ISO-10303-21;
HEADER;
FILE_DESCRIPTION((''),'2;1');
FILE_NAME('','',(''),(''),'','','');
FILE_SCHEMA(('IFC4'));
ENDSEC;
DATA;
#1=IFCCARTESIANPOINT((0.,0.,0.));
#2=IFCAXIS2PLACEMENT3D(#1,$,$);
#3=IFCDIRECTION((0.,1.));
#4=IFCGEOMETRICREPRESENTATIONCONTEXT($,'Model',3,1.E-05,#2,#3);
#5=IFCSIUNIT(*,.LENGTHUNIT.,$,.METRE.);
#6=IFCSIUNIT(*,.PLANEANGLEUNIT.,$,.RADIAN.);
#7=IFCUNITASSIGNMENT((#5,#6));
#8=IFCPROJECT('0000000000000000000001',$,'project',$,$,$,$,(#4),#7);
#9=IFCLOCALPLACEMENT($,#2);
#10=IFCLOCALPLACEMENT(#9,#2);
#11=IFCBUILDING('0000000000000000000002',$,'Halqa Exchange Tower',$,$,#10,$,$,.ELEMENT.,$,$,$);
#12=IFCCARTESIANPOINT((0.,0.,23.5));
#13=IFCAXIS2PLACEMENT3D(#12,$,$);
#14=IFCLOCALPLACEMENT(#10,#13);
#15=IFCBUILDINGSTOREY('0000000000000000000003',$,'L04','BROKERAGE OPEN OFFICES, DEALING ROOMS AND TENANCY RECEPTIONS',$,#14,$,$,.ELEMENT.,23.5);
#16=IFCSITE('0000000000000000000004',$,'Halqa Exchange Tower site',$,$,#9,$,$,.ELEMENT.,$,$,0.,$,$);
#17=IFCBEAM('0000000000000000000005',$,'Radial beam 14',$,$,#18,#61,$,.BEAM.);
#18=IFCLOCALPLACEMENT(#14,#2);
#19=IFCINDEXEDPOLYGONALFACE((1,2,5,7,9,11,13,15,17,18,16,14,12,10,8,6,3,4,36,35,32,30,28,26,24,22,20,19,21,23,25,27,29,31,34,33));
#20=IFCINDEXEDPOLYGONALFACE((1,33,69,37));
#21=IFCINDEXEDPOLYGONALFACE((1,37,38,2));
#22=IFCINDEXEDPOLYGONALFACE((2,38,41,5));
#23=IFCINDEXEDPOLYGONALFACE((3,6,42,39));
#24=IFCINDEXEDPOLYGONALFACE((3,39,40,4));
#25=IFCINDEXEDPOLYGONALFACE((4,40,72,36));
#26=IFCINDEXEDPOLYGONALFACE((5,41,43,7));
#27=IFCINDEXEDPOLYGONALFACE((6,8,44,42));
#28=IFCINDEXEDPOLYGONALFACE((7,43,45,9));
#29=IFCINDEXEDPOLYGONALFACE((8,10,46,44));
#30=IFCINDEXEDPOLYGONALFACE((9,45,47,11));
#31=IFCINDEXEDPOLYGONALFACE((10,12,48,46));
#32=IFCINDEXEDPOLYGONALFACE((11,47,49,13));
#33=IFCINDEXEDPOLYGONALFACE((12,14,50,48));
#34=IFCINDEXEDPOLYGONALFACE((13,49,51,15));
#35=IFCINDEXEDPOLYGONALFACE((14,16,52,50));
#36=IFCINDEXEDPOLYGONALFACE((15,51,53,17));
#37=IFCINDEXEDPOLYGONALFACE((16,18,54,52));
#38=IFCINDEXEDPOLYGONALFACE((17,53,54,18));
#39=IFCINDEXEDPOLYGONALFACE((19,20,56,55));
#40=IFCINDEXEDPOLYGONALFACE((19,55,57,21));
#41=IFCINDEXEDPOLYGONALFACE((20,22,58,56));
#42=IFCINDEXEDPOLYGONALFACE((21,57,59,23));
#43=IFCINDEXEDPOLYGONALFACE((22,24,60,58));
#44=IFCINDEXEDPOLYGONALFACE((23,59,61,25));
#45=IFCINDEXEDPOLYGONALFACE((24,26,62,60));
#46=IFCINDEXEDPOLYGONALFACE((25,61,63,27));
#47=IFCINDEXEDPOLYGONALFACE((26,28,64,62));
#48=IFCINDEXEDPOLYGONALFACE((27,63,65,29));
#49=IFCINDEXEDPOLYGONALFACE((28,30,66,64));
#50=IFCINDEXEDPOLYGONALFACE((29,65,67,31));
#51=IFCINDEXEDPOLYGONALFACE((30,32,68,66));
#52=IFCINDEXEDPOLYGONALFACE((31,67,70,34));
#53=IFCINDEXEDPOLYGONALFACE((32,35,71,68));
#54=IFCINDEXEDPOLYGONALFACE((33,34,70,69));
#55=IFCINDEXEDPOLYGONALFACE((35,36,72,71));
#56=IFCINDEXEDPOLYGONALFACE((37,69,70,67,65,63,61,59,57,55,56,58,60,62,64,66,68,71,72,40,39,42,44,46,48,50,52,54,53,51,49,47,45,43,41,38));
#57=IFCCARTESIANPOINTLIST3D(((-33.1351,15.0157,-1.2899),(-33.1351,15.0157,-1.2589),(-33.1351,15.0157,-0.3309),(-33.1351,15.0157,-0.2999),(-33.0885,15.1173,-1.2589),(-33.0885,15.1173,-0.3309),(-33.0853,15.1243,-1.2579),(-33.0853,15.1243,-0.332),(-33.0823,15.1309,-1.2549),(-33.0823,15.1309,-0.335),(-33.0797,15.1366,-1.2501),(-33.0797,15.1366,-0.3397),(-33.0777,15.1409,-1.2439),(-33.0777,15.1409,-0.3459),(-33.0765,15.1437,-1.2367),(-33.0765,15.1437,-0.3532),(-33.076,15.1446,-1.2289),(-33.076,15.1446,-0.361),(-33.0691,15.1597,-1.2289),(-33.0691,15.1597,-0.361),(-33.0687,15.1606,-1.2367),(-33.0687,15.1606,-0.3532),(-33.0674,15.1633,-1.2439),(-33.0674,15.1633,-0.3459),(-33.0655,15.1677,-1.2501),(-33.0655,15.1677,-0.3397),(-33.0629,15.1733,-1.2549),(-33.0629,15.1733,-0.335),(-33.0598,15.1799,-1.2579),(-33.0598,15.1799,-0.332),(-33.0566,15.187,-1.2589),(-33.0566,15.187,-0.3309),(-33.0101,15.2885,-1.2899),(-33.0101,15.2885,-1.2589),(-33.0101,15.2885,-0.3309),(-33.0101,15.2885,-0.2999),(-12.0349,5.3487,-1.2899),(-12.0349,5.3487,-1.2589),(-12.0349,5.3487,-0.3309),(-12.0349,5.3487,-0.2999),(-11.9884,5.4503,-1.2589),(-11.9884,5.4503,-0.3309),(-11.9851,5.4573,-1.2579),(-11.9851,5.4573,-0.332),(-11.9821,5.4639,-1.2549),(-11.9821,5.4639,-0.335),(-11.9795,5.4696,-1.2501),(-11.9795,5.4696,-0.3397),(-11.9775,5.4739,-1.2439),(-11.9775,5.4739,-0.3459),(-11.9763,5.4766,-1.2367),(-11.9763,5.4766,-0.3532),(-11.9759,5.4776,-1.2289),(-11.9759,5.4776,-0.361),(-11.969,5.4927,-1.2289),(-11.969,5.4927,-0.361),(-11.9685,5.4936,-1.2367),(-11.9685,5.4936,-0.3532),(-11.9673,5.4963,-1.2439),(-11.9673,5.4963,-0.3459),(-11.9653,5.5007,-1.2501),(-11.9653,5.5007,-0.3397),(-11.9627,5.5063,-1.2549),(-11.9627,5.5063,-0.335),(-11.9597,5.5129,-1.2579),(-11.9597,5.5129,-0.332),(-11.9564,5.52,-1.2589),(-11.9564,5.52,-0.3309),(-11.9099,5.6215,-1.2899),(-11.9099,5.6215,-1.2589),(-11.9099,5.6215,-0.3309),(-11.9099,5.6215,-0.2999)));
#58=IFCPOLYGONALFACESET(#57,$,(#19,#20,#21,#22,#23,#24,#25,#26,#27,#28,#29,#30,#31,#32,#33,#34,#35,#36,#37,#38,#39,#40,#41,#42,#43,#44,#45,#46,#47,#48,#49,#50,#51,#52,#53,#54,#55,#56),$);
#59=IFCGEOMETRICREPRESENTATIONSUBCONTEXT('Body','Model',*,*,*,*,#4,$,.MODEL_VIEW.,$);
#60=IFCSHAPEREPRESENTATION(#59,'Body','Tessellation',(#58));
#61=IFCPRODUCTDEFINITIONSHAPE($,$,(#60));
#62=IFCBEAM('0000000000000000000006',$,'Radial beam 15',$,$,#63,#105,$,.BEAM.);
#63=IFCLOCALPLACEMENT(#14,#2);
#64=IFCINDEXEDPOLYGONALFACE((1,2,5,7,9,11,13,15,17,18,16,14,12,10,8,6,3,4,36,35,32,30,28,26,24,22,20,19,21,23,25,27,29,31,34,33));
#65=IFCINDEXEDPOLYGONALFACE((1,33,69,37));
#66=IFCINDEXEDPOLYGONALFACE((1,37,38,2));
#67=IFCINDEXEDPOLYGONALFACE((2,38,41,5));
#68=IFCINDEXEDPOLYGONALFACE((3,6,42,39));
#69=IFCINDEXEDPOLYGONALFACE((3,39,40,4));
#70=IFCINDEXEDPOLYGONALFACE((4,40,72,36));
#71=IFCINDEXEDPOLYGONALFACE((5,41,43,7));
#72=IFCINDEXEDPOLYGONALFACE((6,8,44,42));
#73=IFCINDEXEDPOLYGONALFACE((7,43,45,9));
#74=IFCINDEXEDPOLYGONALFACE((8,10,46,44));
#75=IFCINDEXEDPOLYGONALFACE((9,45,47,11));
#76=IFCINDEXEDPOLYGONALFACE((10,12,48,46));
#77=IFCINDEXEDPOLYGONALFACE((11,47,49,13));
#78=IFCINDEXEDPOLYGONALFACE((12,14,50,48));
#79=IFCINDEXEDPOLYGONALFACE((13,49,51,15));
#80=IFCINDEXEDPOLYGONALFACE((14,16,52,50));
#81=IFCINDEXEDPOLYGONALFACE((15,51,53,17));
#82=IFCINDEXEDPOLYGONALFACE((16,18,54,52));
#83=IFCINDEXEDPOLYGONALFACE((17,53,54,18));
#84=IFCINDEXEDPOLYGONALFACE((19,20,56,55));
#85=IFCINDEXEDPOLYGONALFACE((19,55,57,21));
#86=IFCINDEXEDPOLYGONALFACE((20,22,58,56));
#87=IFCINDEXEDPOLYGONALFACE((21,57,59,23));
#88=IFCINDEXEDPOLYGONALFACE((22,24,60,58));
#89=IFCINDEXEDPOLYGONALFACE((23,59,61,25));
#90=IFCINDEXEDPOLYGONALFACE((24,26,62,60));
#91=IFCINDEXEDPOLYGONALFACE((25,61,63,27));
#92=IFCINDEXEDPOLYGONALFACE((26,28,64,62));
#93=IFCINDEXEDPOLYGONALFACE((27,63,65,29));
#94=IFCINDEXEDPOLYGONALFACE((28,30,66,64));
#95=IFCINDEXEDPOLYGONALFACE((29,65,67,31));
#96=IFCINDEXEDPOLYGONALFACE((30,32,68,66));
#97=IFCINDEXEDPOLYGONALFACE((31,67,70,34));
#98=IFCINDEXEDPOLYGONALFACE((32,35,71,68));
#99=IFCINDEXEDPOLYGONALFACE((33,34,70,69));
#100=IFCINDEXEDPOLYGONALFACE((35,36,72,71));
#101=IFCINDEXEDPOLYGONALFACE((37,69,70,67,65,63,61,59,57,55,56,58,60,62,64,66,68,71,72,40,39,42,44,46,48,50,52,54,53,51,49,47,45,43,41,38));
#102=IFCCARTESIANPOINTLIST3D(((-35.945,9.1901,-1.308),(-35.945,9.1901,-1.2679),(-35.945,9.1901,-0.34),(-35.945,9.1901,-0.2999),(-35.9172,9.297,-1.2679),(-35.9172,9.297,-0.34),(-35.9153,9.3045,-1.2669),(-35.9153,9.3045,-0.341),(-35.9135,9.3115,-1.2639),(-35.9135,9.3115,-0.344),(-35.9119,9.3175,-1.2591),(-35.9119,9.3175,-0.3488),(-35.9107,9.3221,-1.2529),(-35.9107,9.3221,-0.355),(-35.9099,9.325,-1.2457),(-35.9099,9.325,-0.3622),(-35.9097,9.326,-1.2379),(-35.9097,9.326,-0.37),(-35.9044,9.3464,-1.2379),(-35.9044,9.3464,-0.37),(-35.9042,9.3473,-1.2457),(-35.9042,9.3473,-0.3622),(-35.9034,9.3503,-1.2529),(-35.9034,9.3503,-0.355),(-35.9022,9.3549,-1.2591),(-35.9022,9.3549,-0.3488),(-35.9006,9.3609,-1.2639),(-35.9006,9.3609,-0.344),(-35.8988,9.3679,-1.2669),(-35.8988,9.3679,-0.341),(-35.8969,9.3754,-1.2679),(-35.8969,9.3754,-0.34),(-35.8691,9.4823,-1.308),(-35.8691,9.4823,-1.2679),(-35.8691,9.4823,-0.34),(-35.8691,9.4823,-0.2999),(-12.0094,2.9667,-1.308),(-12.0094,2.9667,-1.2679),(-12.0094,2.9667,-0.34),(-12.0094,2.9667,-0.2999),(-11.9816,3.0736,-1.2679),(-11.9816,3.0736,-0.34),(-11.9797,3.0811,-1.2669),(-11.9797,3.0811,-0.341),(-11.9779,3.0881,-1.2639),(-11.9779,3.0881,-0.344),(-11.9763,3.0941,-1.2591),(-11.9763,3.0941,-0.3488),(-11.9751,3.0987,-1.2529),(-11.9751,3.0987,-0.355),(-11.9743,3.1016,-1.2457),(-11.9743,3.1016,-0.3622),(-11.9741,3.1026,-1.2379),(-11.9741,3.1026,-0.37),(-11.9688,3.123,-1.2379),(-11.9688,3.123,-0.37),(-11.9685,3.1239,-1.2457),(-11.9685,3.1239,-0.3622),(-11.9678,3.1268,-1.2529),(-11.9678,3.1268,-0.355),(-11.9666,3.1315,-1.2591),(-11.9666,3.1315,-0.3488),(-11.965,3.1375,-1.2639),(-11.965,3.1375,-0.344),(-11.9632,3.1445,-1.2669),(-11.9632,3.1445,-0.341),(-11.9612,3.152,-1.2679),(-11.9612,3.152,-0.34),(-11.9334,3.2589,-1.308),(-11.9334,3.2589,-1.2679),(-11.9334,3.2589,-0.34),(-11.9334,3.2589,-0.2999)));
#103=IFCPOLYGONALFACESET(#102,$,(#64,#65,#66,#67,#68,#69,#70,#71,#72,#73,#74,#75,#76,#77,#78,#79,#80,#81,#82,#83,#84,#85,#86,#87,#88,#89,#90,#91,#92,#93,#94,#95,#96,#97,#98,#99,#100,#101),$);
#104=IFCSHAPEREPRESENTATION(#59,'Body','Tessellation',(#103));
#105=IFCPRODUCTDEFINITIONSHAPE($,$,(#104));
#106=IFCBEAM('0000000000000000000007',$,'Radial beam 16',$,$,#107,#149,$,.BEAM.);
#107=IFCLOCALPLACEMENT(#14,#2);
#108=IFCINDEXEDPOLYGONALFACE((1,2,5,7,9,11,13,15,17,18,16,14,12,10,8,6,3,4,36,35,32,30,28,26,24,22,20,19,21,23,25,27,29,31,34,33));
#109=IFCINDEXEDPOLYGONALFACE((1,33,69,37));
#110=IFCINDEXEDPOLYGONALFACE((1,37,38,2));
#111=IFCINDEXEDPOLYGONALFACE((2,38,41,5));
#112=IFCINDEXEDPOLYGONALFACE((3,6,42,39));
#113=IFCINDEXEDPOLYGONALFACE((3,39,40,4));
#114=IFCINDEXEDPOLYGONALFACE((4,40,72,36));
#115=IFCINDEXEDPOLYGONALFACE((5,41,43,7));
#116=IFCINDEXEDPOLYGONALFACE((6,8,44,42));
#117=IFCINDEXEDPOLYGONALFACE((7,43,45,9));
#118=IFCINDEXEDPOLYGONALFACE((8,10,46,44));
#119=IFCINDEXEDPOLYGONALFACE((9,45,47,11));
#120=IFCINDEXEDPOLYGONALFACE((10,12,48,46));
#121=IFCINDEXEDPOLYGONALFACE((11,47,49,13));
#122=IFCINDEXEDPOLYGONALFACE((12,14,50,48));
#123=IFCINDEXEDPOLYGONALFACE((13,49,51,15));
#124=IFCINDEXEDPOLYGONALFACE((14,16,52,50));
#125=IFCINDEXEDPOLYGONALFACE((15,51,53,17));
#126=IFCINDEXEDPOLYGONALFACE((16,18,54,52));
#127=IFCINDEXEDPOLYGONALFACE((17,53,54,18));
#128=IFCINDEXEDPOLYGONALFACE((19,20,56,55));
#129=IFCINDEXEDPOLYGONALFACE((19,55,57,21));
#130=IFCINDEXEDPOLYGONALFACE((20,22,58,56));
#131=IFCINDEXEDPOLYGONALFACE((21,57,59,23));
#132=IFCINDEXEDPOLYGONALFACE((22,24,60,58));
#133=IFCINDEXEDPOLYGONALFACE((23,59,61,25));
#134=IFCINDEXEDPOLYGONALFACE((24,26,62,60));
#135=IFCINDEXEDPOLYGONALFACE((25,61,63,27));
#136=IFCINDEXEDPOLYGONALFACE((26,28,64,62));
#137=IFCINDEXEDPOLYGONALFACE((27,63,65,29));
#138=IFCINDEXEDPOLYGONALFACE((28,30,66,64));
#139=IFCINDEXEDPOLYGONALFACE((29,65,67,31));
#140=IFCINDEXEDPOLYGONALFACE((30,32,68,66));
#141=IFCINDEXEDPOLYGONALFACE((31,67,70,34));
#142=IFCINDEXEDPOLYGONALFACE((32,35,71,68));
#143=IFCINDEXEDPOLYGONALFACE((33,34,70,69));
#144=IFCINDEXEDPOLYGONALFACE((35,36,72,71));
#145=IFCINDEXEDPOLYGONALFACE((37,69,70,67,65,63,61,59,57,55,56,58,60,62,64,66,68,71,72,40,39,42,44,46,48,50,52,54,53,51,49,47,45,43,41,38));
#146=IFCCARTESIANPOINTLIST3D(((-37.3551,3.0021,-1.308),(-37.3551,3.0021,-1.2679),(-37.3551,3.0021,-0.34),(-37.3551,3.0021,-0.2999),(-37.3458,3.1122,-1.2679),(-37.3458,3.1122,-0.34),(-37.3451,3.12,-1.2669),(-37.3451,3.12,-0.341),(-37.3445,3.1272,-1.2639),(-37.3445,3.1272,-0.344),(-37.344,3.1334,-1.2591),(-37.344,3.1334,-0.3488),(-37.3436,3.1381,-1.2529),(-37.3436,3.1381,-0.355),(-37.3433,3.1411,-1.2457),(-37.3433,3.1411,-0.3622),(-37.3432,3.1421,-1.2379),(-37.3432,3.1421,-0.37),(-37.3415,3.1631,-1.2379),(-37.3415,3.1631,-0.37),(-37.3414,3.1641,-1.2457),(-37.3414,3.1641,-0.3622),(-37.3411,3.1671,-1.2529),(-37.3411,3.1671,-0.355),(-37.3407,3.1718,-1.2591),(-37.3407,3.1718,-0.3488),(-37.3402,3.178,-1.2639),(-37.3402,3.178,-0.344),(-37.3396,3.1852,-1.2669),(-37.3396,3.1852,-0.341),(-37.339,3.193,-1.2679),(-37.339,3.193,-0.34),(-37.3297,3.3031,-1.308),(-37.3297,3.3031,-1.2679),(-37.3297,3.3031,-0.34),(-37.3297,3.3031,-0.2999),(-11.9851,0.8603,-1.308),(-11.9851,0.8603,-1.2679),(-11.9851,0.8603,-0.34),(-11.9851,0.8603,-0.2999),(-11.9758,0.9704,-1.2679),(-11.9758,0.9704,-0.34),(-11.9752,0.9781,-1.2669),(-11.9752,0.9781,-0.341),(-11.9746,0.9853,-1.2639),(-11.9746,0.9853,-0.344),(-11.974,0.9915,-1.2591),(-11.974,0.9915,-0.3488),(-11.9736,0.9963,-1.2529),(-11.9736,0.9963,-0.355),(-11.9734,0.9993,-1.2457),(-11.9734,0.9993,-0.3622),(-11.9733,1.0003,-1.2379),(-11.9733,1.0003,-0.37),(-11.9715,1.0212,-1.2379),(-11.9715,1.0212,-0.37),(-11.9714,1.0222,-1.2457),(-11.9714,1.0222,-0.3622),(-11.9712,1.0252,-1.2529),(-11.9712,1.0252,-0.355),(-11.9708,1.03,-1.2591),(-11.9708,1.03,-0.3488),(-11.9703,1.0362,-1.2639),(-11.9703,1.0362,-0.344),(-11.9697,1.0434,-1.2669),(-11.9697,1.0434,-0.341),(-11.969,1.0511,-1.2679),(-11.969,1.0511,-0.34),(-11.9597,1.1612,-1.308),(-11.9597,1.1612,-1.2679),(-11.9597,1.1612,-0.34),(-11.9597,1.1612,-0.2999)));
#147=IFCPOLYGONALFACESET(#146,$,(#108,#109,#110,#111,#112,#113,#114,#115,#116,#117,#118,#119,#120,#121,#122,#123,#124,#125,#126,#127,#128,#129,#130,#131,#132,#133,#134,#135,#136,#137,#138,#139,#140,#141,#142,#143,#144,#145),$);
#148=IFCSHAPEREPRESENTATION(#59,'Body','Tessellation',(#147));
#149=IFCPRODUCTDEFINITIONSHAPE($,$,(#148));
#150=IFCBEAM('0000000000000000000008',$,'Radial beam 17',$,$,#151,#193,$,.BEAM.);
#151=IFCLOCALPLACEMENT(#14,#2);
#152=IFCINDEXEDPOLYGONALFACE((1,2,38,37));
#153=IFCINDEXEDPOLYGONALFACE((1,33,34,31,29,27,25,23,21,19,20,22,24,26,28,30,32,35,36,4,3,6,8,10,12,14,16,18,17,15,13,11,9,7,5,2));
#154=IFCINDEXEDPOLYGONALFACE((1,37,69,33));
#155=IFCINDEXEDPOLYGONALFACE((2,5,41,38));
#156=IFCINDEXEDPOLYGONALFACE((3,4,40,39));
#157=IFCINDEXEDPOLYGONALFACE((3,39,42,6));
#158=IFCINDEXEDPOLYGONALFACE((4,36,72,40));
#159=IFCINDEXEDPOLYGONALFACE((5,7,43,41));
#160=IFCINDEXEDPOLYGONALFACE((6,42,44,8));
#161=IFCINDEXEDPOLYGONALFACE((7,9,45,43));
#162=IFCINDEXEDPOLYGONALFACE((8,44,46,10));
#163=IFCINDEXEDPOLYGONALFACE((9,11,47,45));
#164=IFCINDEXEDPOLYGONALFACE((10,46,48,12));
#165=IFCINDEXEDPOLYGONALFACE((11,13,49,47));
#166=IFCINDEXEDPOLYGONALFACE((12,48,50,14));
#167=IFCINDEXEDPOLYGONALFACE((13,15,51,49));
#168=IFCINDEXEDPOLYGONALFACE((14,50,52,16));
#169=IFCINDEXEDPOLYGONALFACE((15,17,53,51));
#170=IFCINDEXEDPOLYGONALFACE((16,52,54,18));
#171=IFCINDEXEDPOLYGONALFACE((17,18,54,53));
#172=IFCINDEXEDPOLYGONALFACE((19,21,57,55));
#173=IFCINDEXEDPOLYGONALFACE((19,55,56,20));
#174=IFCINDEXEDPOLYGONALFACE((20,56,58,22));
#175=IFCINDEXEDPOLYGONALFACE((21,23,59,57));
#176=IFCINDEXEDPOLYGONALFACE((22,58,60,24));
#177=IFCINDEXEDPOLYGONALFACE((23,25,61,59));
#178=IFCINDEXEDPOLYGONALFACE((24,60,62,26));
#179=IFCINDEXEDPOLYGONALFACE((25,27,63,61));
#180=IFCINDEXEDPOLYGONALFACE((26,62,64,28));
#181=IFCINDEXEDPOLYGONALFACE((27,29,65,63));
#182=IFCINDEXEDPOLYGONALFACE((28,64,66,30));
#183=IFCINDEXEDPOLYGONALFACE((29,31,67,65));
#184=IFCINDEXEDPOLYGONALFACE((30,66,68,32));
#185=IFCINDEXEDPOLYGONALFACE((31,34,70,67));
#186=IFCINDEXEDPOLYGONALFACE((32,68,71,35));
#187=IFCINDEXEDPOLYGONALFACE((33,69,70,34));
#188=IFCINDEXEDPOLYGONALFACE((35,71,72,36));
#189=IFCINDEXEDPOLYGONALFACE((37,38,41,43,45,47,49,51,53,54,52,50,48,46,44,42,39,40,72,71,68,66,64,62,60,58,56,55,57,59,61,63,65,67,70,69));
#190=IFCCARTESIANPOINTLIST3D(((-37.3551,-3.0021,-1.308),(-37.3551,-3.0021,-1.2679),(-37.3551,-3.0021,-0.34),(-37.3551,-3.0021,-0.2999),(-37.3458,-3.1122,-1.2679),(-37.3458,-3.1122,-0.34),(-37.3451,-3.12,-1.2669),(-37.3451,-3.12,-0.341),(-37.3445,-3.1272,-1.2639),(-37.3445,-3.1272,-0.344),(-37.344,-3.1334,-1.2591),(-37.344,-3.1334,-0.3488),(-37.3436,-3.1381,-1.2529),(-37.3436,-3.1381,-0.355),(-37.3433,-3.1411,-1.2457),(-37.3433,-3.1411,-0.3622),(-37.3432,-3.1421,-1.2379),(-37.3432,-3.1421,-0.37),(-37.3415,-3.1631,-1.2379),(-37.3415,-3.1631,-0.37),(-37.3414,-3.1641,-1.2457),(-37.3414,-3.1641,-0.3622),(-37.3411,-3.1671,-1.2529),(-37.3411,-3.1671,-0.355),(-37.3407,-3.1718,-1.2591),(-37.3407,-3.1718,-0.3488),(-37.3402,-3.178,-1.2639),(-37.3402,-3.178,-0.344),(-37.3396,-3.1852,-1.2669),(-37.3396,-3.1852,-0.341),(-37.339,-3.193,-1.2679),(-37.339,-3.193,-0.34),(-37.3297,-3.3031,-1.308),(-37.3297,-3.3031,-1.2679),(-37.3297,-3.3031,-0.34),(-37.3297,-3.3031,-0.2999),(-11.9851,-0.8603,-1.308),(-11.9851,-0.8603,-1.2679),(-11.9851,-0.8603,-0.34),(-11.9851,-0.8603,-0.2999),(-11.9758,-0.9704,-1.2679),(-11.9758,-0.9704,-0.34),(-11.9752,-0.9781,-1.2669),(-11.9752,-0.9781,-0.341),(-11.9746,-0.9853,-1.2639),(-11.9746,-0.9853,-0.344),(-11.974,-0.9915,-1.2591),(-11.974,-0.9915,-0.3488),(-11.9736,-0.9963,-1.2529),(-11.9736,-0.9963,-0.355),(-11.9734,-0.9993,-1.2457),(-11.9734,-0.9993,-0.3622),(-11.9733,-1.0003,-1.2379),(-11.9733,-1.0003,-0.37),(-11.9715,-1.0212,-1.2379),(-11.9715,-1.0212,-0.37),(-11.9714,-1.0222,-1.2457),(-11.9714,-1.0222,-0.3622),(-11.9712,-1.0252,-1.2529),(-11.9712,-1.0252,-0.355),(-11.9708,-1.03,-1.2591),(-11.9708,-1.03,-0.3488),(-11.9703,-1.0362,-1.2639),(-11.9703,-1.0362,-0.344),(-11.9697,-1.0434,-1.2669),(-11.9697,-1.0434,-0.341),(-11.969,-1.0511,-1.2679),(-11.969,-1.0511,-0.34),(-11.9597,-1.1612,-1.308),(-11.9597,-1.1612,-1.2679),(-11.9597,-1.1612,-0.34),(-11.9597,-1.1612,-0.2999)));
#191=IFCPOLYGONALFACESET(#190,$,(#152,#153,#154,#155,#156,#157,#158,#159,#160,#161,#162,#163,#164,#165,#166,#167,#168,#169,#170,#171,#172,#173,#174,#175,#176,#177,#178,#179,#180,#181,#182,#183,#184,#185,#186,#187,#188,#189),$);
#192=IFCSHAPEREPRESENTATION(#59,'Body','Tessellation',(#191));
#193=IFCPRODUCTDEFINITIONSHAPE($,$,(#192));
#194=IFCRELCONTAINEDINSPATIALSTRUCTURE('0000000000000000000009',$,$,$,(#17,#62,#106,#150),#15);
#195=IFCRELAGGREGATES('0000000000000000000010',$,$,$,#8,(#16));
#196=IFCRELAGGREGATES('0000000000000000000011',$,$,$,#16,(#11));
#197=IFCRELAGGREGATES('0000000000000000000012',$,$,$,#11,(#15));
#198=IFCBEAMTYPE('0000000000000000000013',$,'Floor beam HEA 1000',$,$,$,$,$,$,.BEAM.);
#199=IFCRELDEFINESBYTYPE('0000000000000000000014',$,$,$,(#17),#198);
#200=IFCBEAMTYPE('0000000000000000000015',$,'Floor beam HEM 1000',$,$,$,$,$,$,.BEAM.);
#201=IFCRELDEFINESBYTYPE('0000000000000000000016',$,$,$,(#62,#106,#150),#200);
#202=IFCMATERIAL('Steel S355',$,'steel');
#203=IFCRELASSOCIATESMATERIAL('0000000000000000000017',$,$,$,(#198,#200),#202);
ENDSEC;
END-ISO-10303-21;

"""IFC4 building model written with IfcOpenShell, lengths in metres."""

from ifc_helpers import new_model, si_unit, direction, frame, origin, origin_2d, place, context, subcontext, project, spatial, i_section, extrude, material, material_profile, profile_set, type_object, element, save


model = new_model("IFC4")

# Units and contexts
model_context = context("Model", 3, precision=1e-05, world=origin(), true_north=direction((0.0, 1.0)))
body_context = subcontext(model_context, "Body", "Model", "MODEL_VIEW")
ifc_project = project(units=[si_unit("LENGTHUNIT", "METRE"), si_unit("PLANEANGLEUNIT", "RADIAN")], contexts=[model_context])

# Site, building, storey
site_placement = place(None, origin())
site = spatial("IfcSite", under=ifc_project, at=site_placement, Name="Halqa Exchange Tower site", CompositionType="ELEMENT", RefElevation=0.0)
building_placement = place(site_placement, origin())
building = spatial("IfcBuilding", under=site, at=building_placement, Name="Halqa Exchange Tower", CompositionType="ELEMENT")
storey_placement = place(building_placement, frame((0.0, 0.0, 23.5)))
storey = spatial("IfcBuildingStorey", under=building, at=storey_placement, Name="L04", Description="BROKERAGE OPEN OFFICES, DEALING ROOMS AND TENANCY RECEPTIONS", CompositionType="ELEMENT", Elevation=23.5)

# Beams
ifc_material_1 = material(Name="Steel S355", Category="steel")
ifc_material_profile_1 = material_profile(ifc_material_1, i_section(OverallWidth=0.3, OverallDepth=0.99, WebThickness=0.0166, FlangeThickness=0.031, FilletRadius=0.03, at=origin_2d()), Name="HEA 1000")
ifc_profile_set_1 = profile_set([ifc_material_profile_1], Name="Steel S355")
beam_type_1 = type_object("IfcBeamType", Name="Floor beam HEA 1000", PredefinedType="BEAM", material=ifc_profile_set_1)
beam_1_placement = place(storey_placement, frame((-11.9724, 5.4851, -0.7949), z_axis=(-0.909128, 0.416516, 0.0), x_axis=(-0.416516, -0.909128, 0.0)))
element("IfcBeam", 1, at=beam_1_placement, inside=storey, type_object=beam_type_1, Name="Radial beam 14", PredefinedType="BEAM", context=body_context, shape_type="SweptSolid", body=[
    extrude(i_section(OverallWidth=0.3, OverallDepth=0.99, WebThickness=0.0166, FlangeThickness=0.031, FilletRadius=0.03, at=origin_2d()), origin(), (0.0, 0.0, 1.0), 23.2092),
])
ifc_material_profile_2 = material_profile(ifc_material_1, i_section(OverallWidth=0.302, OverallDepth=1.0081, WebThickness=0.021, FlangeThickness=0.04, FilletRadius=0.03, at=origin_2d()), Name="HEM 1000")
ifc_profile_set_2 = profile_set([ifc_material_profile_2], Name="Steel S355")
beam_type_2 = type_object("IfcBeamType", Name="Floor beam HEM 1000", PredefinedType="BEAM", material=ifc_profile_set_2)
beam_2_placement = place(storey_placement, frame((-11.9714, 3.1128, -0.804), z_axis=(-0.967821, 0.251639, 0.0), x_axis=(-0.251639, -0.967821, 0.0)))
element("IfcBeam", 2, at=beam_2_placement, inside=storey, type_object=beam_type_2, Name="Radial beam 15", PredefinedType="BEAM", context=body_context, shape_type="SweptSolid", body=[
    extrude(i_section(OverallWidth=0.302, OverallDepth=1.0081, WebThickness=0.021, FlangeThickness=0.04, FilletRadius=0.03, at=origin_2d()), origin(), (0.0, 0.0, 1.0), 24.7314),
])
for number, where, z_axis, x_axis, name in (
    (3, (-11.9724, 1.0107, -0.804), (-0.996455, 0.084125, 0.0), (-0.084125, -0.996455, 0.0), "Radial beam 16"),
    (4, (-11.9724, -1.0107, -0.804), (-0.996455, -0.084125, 0.0), (0.084125, -0.996455, 0.0), "Radial beam 17"),
):
    element("IfcBeam", number, at=place(storey_placement, frame(where, z_axis=z_axis, x_axis=x_axis)), inside=storey, type_object=beam_type_2, Name=name, PredefinedType="BEAM", context=body_context, shape_type="SweptSolid", body=[
        extrude(i_section(OverallWidth=0.302, OverallDepth=1.0081, WebThickness=0.021, FlangeThickness=0.04, FilletRadius=0.03, at=origin_2d()), origin(), (0.0, 0.0, 1.0), 25.4602),
    ])

save(model, "model.ifc")
